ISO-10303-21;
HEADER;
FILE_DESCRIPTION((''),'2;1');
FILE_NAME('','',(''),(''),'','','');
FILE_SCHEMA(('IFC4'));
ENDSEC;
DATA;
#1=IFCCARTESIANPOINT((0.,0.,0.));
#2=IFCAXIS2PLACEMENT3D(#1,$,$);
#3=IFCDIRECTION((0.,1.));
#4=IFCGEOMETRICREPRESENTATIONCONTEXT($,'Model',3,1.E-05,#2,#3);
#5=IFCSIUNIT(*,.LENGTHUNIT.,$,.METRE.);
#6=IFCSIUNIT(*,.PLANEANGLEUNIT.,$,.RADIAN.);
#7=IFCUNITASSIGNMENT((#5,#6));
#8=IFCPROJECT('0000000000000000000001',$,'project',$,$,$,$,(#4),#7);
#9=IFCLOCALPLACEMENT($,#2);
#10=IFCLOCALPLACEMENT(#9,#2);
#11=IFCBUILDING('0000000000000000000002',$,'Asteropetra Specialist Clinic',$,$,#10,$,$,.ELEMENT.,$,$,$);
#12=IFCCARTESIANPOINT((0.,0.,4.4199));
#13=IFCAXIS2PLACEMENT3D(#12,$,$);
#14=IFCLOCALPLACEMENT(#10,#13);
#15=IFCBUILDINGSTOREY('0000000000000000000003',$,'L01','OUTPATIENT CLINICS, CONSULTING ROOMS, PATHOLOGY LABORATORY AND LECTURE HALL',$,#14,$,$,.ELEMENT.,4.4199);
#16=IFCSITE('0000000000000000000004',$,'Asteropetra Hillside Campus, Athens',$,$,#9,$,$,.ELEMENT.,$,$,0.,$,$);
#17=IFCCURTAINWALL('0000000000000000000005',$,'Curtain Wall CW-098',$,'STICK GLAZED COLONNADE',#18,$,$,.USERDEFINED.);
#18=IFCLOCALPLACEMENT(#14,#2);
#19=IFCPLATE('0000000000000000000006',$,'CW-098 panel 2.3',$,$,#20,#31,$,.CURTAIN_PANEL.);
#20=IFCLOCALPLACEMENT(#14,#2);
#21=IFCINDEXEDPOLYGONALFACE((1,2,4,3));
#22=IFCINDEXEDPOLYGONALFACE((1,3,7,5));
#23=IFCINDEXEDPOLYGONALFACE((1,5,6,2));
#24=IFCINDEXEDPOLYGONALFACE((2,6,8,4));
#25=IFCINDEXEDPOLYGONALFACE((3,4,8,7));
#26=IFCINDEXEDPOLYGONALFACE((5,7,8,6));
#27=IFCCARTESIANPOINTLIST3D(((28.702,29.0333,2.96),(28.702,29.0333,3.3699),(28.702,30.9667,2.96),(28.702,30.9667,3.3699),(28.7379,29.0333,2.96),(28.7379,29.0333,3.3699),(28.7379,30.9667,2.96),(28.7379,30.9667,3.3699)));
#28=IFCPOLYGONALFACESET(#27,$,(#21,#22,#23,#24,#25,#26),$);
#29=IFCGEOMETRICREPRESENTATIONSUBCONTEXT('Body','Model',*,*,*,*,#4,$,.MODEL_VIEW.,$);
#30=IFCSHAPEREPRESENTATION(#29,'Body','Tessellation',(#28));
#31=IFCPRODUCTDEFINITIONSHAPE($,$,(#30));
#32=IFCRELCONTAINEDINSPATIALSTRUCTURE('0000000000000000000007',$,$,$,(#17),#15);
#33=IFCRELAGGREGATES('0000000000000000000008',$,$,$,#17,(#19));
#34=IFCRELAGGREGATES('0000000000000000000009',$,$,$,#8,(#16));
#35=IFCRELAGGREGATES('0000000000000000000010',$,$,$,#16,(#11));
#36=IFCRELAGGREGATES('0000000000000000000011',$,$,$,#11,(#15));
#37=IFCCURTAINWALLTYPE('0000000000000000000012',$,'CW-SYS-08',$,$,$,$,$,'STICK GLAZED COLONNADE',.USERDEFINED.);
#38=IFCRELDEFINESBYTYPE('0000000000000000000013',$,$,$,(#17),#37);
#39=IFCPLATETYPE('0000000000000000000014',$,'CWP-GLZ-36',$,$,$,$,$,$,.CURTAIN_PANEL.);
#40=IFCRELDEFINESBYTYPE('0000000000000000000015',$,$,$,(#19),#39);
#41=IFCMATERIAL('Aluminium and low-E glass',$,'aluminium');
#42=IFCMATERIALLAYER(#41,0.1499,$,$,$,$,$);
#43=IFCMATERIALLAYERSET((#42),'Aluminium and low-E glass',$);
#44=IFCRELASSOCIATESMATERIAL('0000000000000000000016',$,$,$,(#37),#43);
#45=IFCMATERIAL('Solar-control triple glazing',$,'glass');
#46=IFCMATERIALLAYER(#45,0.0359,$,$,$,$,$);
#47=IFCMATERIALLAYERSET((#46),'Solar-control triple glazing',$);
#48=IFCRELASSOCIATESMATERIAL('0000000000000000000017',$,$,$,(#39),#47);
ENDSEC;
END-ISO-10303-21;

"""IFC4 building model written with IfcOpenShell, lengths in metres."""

from ifc_helpers import new_model, si_unit, direction, frame, origin, origin_2d, place, context, subcontext, project, spatial, rectangle, extrude, material, layer, layer_set, type_object, element, aggregate, save


model = new_model("IFC4")

# Units and contexts
model_context = context("Model", 3, precision=1e-05, world=origin(), true_north=direction((0.0, 1.0)))
body_context = subcontext(model_context, "Body", "Model", "MODEL_VIEW")
ifc_project = project(units=[si_unit("LENGTHUNIT", "METRE"), si_unit("PLANEANGLEUNIT", "RADIAN")], contexts=[model_context])

# Site, building, storey
site_placement = place(None, origin())
site = spatial("IfcSite", under=ifc_project, at=site_placement, Name="Asteropetra Hillside Campus, Athens", CompositionType="ELEMENT", RefElevation=0.0)
building_placement = place(site_placement, origin())
building = spatial("IfcBuilding", under=site, at=building_placement, Name="Asteropetra Specialist Clinic", CompositionType="ELEMENT")
storey_placement = place(building_placement, frame((0.0, 0.0, 4.4199)))
storey = spatial("IfcBuildingStorey", under=building, at=storey_placement, Name="L01", Description="OUTPATIENT CLINICS, CONSULTING ROOMS, PATHOLOGY LABORATORY AND LECTURE HALL", CompositionType="ELEMENT", Elevation=4.4199)

# Curtain wall
ifc_material_1 = material(Name="Aluminium and low-E glass", Category="aluminium")
ifc_layer_1 = layer(ifc_material_1, 0.1499)
ifc_layer_set_1 = layer_set([ifc_layer_1], Name="Aluminium and low-E glass")
curtain_wall_type = type_object("IfcCurtainWallType", Name="CW-SYS-08", ElementType="STICK GLAZED COLONNADE", PredefinedType="USERDEFINED", material=ifc_layer_set_1)
curtain_wall_placement = place(storey_placement, origin())
curtain_wall = element("IfcCurtainWall", 1, at=curtain_wall_placement, inside=storey, type_object=curtain_wall_type, Name="Curtain Wall CW-098", ObjectType="STICK GLAZED COLONNADE", PredefinedType="USERDEFINED")

# Plate
ifc_material_2 = material(Name="Solar-control triple glazing", Category="glass")
ifc_layer_2 = layer(ifc_material_2, 0.0359)
ifc_layer_set_2 = layer_set([ifc_layer_2], Name="Solar-control triple glazing")
plate_type = type_object("IfcPlateType", Name="CWP-GLZ-36", PredefinedType="CURTAIN_PANEL", material=ifc_layer_set_2)
plate_1_placement = place(storey_placement, frame((28.72, 30.0, 2.96), z_axis=(0.0, 0.0, 1.0), x_axis=(0.0, -1.0, 0.0)))
plate_1 = element("IfcPlate", 2, at=plate_1_placement, type_object=plate_type, Name="CW-098 panel 2.3", PredefinedType="CURTAIN_PANEL", context=body_context, shape_type="SweptSolid", body=[
    extrude(rectangle(XDim=1.9333, YDim=0.0359, at=origin_2d()), origin(), (0.0, 0.0, 1.0), 0.4099),
])
aggregate(curtain_wall, [plate_1])

save(model, "model.ifc")
